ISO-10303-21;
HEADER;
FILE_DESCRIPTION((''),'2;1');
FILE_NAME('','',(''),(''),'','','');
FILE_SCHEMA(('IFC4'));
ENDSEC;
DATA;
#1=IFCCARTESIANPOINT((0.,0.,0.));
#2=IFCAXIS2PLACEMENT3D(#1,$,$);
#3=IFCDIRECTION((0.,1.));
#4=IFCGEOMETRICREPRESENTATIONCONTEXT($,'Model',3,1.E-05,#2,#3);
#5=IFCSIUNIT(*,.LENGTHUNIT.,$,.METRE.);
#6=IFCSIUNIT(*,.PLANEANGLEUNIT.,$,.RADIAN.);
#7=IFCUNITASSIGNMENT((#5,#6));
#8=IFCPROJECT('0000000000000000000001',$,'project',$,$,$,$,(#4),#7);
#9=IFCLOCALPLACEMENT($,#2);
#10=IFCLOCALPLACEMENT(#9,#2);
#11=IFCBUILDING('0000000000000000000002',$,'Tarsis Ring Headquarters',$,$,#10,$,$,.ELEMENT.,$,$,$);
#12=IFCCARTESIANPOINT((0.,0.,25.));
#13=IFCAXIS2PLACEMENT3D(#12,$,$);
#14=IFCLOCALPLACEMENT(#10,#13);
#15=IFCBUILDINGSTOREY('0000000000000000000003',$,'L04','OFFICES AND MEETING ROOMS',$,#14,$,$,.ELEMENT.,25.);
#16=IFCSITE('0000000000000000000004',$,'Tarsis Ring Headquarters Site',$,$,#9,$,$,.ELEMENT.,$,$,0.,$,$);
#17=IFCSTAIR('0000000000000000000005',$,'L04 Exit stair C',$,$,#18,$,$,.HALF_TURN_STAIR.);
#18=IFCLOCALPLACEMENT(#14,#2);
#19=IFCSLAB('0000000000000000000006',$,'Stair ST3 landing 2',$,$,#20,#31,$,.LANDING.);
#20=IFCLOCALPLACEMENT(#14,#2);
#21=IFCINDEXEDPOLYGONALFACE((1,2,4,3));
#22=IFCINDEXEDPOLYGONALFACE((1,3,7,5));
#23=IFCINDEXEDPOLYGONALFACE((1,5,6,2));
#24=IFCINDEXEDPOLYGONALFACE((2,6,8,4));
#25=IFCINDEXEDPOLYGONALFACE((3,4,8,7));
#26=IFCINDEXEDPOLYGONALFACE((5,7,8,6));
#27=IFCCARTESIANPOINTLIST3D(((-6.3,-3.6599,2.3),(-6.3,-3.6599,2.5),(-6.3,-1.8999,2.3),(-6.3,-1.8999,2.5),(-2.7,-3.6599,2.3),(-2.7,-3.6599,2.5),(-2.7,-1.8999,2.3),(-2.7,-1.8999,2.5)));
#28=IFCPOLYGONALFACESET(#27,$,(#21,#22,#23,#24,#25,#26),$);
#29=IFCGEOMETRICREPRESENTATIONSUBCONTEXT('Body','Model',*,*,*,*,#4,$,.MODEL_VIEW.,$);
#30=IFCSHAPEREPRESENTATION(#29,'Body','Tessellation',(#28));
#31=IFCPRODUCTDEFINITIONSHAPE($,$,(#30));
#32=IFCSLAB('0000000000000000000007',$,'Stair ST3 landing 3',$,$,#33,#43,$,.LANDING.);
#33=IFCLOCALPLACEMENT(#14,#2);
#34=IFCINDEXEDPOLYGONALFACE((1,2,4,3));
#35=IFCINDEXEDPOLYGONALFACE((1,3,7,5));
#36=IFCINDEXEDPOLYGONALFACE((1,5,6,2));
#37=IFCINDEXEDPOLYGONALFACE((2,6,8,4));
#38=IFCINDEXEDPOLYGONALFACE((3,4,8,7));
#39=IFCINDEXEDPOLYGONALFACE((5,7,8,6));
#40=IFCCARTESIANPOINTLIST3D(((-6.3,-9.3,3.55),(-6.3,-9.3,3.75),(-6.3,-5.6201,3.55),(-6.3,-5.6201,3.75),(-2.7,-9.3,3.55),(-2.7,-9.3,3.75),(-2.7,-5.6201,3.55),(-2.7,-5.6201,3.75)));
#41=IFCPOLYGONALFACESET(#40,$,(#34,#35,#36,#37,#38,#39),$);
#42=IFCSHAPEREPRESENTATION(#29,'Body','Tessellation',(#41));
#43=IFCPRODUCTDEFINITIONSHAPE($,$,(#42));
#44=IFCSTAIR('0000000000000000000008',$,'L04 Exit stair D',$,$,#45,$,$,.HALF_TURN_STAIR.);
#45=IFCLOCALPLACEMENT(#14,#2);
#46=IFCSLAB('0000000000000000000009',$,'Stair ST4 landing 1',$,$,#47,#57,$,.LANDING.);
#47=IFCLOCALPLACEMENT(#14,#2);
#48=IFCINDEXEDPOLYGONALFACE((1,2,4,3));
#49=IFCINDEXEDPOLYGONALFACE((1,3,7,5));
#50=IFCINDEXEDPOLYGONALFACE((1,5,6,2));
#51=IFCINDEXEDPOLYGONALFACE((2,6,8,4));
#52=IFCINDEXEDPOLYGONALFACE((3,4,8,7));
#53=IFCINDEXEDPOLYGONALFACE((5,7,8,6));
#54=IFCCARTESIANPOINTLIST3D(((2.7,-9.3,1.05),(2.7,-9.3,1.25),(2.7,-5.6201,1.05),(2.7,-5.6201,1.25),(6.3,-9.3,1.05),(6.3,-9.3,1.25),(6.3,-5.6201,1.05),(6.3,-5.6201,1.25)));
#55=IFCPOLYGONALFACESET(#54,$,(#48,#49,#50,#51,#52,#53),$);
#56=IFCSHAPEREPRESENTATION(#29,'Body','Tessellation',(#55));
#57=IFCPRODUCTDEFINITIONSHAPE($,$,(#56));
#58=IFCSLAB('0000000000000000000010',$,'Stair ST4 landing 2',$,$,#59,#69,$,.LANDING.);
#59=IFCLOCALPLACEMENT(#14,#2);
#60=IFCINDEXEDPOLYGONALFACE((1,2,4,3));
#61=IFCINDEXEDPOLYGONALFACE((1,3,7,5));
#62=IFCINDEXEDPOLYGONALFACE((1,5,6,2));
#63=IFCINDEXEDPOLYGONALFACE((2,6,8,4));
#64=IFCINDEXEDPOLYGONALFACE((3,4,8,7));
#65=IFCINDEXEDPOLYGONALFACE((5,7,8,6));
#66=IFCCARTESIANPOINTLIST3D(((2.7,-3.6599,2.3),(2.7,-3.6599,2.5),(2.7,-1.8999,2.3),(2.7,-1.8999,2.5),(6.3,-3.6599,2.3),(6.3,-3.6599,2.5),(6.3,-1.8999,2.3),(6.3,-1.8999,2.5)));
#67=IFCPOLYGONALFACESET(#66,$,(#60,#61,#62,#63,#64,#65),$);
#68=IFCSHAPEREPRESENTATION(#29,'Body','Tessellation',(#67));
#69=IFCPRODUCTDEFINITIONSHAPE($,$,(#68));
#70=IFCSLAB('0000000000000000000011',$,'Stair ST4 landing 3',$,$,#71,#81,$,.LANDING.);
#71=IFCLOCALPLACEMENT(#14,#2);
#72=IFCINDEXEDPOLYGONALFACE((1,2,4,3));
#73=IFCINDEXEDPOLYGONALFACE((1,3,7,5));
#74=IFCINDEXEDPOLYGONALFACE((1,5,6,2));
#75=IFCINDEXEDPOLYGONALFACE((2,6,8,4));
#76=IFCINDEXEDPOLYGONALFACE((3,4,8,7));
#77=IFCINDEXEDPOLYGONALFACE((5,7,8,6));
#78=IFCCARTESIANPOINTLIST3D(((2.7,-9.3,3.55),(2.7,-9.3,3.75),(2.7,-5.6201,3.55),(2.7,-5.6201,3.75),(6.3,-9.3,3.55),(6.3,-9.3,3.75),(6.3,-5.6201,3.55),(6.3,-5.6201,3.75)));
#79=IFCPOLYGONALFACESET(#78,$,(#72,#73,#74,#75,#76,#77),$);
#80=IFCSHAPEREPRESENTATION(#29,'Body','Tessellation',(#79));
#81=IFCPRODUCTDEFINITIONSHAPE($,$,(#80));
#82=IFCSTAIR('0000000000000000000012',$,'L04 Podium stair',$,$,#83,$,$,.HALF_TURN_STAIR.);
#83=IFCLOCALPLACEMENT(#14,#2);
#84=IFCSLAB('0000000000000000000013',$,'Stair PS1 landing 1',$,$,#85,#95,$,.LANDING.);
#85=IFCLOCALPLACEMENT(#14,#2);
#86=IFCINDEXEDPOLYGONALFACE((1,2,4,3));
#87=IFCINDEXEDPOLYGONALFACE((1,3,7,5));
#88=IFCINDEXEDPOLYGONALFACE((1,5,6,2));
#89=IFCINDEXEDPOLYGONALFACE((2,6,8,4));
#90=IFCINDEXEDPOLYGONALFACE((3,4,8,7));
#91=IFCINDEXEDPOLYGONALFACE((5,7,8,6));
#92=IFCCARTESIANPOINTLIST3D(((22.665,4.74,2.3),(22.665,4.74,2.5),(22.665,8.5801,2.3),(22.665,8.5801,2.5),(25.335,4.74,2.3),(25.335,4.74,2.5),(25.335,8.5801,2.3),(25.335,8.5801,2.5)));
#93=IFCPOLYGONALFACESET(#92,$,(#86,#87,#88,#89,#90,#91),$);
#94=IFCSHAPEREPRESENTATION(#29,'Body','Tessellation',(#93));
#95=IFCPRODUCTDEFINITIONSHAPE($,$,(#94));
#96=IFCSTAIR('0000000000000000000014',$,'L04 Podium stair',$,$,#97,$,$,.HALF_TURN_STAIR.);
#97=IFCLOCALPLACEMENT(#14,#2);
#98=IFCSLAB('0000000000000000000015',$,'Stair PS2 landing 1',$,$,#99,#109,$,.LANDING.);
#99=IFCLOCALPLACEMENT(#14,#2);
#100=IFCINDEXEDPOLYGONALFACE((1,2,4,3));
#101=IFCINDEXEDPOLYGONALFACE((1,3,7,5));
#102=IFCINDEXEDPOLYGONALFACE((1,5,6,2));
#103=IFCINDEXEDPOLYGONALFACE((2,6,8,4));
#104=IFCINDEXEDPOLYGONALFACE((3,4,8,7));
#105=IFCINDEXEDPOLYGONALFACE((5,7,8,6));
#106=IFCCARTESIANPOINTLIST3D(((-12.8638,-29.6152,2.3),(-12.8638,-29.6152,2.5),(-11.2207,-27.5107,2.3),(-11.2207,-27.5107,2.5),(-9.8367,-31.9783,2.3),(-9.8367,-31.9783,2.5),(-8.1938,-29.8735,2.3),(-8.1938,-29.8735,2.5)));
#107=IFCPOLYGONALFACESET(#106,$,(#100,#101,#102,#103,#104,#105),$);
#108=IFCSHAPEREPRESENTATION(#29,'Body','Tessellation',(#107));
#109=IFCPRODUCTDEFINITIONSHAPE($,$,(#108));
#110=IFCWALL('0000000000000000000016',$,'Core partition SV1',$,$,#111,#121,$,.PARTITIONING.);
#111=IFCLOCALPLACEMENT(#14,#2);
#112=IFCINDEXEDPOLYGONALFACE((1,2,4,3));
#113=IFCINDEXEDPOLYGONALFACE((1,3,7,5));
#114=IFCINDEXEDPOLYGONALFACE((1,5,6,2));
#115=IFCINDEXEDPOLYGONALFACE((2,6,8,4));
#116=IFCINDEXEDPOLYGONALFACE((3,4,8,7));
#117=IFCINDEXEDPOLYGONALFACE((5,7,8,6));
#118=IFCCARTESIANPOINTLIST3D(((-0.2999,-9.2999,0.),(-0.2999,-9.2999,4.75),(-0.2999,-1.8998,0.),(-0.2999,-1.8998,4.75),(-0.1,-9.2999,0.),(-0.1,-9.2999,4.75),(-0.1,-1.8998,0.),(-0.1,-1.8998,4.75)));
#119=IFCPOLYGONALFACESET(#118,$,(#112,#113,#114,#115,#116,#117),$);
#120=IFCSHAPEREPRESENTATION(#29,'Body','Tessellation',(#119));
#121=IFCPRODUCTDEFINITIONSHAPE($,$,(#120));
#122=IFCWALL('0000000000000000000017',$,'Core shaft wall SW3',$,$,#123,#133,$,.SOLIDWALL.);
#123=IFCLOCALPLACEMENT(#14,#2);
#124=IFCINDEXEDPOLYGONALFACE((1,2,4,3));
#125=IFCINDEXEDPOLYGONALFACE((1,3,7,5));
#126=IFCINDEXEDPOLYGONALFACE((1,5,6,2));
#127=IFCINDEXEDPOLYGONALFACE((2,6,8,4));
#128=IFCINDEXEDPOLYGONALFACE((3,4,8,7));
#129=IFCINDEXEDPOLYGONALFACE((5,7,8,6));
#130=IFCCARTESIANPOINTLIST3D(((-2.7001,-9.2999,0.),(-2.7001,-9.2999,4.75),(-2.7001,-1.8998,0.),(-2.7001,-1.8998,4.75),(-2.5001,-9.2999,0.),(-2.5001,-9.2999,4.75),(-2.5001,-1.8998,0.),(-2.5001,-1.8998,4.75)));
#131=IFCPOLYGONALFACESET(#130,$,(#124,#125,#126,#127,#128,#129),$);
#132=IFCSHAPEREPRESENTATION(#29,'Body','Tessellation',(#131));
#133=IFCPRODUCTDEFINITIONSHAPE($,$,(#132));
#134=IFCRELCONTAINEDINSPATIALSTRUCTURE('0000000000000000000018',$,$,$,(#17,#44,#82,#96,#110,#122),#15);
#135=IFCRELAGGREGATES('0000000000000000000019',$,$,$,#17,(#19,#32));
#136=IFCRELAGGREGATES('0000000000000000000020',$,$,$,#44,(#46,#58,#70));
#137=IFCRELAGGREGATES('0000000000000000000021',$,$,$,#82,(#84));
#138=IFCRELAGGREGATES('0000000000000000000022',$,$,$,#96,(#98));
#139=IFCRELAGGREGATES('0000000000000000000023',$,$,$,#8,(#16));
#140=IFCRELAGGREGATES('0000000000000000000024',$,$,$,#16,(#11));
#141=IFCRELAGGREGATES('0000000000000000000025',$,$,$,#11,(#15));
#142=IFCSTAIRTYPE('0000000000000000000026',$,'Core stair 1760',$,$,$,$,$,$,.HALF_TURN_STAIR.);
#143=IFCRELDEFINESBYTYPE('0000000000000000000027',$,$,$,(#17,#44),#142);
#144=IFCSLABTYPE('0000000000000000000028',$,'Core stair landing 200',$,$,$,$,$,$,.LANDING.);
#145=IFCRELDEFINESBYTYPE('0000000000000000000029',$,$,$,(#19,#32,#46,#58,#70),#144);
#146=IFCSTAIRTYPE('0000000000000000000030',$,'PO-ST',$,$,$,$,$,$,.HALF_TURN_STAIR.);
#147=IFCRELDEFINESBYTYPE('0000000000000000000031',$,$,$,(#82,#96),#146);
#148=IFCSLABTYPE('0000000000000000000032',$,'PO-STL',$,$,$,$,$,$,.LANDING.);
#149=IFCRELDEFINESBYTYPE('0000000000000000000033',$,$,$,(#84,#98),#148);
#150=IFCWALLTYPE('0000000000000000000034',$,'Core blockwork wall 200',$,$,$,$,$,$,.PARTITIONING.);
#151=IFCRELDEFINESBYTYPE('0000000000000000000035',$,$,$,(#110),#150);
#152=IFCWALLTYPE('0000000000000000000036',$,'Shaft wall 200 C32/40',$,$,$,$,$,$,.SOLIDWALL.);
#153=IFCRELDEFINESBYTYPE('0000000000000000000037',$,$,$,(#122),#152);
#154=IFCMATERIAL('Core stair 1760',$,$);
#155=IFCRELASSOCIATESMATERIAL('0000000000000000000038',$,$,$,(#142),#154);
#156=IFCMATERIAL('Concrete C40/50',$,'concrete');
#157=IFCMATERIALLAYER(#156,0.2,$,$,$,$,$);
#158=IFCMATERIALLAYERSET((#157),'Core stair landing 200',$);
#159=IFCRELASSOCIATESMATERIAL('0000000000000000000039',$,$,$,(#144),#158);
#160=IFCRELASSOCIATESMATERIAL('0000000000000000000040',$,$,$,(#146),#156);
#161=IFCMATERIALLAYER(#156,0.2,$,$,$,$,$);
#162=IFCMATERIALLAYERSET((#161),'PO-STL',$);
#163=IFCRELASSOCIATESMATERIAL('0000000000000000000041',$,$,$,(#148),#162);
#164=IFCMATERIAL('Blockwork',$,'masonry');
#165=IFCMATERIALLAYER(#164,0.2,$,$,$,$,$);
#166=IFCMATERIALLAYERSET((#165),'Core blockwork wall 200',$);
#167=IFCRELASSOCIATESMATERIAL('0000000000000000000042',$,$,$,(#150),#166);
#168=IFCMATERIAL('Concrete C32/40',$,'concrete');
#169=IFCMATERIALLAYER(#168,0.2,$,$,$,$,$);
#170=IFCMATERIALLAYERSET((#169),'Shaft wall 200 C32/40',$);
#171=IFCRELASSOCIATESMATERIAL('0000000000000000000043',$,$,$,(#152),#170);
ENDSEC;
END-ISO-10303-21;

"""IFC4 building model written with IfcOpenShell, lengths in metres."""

from ifc_helpers import new_model, si_unit, direction, frame, frame_2d, origin, place, context, subcontext, project, spatial, polyline, rectangle, outline, extrude, material, layer, layer_set, type_object, element, aggregate, save


model = new_model("IFC4")

# Units and contexts
model_context = context("Model", 3, precision=1e-05, world=origin(), true_north=direction((0.0, 1.0)))
body_context = subcontext(model_context, "Body", "Model", "MODEL_VIEW")
ifc_project = project(units=[si_unit("LENGTHUNIT", "METRE"), si_unit("PLANEANGLEUNIT", "RADIAN")], contexts=[model_context])

# Site, building, storey
site_placement = place(None, origin())
site = spatial("IfcSite", under=ifc_project, at=site_placement, Name="Tarsis Ring Headquarters Site", CompositionType="ELEMENT", RefElevation=0.0)
building_placement = place(site_placement, origin())
building = spatial("IfcBuilding", under=site, at=building_placement, Name="Tarsis Ring Headquarters", CompositionType="ELEMENT")
storey_placement = place(building_placement, frame((0.0, 0.0, 25.0)))
storey = spatial("IfcBuildingStorey", under=building, at=storey_placement, Name="L04", Description="OFFICES AND MEETING ROOMS", CompositionType="ELEMENT", Elevation=25.0)

# Shared definitions
ifc_material_1 = material(Name="Concrete C40/50", Category="concrete")

# Stairs, slabs
ifc_material_2 = material(Name="Core stair 1760")
stair_type_1 = type_object("IfcStairType", Name="Core stair 1760", PredefinedType="HALF_TURN_STAIR", material=ifc_material_2)
ifc_layer_1 = layer(ifc_material_1, 0.2)
ifc_layer_set_1 = layer_set([ifc_layer_1], Name="Core stair landing 200")
slab_type_1 = type_object("IfcSlabType", Name="Core stair landing 200", PredefinedType="LANDING", material=ifc_layer_set_1)
stair_1_placement = place(storey_placement, origin())
stair_1 = element("IfcStair", 1, at=stair_1_placement, inside=storey, type_object=stair_type_1, Name="L04 Exit stair C", PredefinedType="HALF_TURN_STAIR")
slab_1_placement = place(storey_placement, frame((0.0, 0.0, 2.3)))
slab_1 = element("IfcSlab", 2, at=slab_1_placement, type_object=slab_type_1, Name="Stair ST3 landing 2", PredefinedType="LANDING", context=body_context, shape_type="SweptSolid", body=[
    extrude(outline(polyline([(-6.3, -1.8999), (-6.3, -3.6599), (-2.7, -3.6599), (-2.7, -1.8999), (-6.3, -1.8999)])), origin(), (0.0, 0.0, 1.0), 0.2),
])
slab_2_placement = place(storey_placement, frame((0.0, 0.0, 3.55)))
slab_2 = element("IfcSlab", 3, at=slab_2_placement, type_object=slab_type_1, Name="Stair ST3 landing 3", PredefinedType="LANDING", context=body_context, shape_type="SweptSolid", body=[
    extrude(outline(polyline([(-6.3, -5.6201), (-6.3, -9.3), (-2.7, -9.3), (-2.7, -5.6201), (-6.3, -5.6201)])), origin(), (0.0, 0.0, 1.0), 0.2),
])
aggregate(stair_1, [slab_1, slab_2])
stair_2_placement = place(storey_placement, origin())
stair_2 = element("IfcStair", 4, at=stair_2_placement, inside=storey, type_object=stair_type_1, Name="L04 Exit stair D", PredefinedType="HALF_TURN_STAIR")
slab_3_placement = place(storey_placement, frame((0.0, 0.0, 1.05)))
slab_3 = element("IfcSlab", 5, at=slab_3_placement, type_object=slab_type_1, Name="Stair ST4 landing 1", PredefinedType="LANDING", context=body_context, shape_type="SweptSolid", body=[
    extrude(outline(polyline([(2.7, -5.6201), (2.7, -9.3), (6.3, -9.3), (6.3, -5.6201), (2.7, -5.6201)])), origin(), (0.0, 0.0, 1.0), 0.2),
])
slab_4_placement = place(storey_placement, frame((0.0, 0.0, 2.3)))
slab_4 = element("IfcSlab", 6, at=slab_4_placement, type_object=slab_type_1, Name="Stair ST4 landing 2", PredefinedType="LANDING", context=body_context, shape_type="SweptSolid", body=[
    extrude(outline(polyline([(2.7, -1.8999), (2.7, -3.6599), (6.3, -3.6599), (6.3, -1.8999), (2.7, -1.8999)])), origin(), (0.0, 0.0, 1.0), 0.2),
])
slab_5_placement = place(storey_placement, frame((0.0, 0.0, 3.55)))
slab_5 = element("IfcSlab", 7, at=slab_5_placement, type_object=slab_type_1, Name="Stair ST4 landing 3", PredefinedType="LANDING", context=body_context, shape_type="SweptSolid", body=[
    extrude(outline(polyline([(2.7, -5.6201), (2.7, -9.3), (6.3, -9.3), (6.3, -5.6201), (2.7, -5.6201)])), origin(), (0.0, 0.0, 1.0), 0.2),
])
aggregate(stair_2, [slab_3, slab_4, slab_5])

# Stairs, slabs
stair_type_2 = type_object("IfcStairType", Name="PO-ST", PredefinedType="HALF_TURN_STAIR", material=ifc_material_1)
stair_3_placement = place(storey_placement, origin())
stair_3 = element("IfcStair", 8, at=stair_3_placement, inside=storey, type_object=stair_type_2, Name="L04 Podium stair", PredefinedType="HALF_TURN_STAIR")
ifc_layer_2 = layer(ifc_material_1, 0.2)
ifc_layer_set_2 = layer_set([ifc_layer_2], Name="PO-STL")
slab_type_2 = type_object("IfcSlabType", Name="PO-STL", PredefinedType="LANDING", material=ifc_layer_set_2)
slab_6_placement = place(storey_placement, frame((0.0, 0.0, 2.3)))
slab_6 = element("IfcSlab", 9, at=slab_6_placement, type_object=slab_type_2, Name="Stair PS1 landing 1", PredefinedType="LANDING", context=body_context, shape_type="SweptSolid", body=[
    extrude(outline(polyline([(25.335, 4.74), (25.335, 8.5801), (22.665, 8.5801), (22.665, 4.74), (25.335, 4.74)])), origin(), (0.0, 0.0, 1.0), 0.2),
])
aggregate(stair_3, [slab_6])
stair_4_placement = place(storey_placement, origin())
stair_4 = element("IfcStair", 10, at=stair_4_placement, inside=storey, type_object=stair_type_2, Name="L04 Podium stair", PredefinedType="HALF_TURN_STAIR")
slab_7_placement = place(storey_placement, frame((0.0, 0.0, 2.3)))
slab_7 = element("IfcSlab", 11, at=slab_7_placement, type_object=slab_type_2, Name="Stair PS2 landing 1", PredefinedType="LANDING", context=body_context, shape_type="SweptSolid", body=[
    extrude(outline(polyline([(-8.1938, -29.8735), (-11.2207, -27.5107), (-12.8638, -29.6152), (-9.8367, -31.9783), (-8.1938, -29.8735)])), origin(), (0.0, 0.0, 1.0), 0.2),
])
aggregate(stair_4, [slab_7])

# Walls
ifc_material_3 = material(Name="Blockwork", Category="masonry")
ifc_layer_3 = layer(ifc_material_3, 0.2)
ifc_layer_set_3 = layer_set([ifc_layer_3], Name="Core blockwork wall 200")
wall_type_1 = type_object("IfcWallType", Name="Core blockwork wall 200", PredefinedType="PARTITIONING", material=ifc_layer_set_3)
wall_1_placement = place(storey_placement, frame((-0.2, -9.3, 0.0), z_axis=(0.0, 0.0, 1.0), x_axis=(0.0, 1.0, 0.0)))
element("IfcWall", 12, at=wall_1_placement, inside=storey, type_object=wall_type_1, Name="Core partition SV1", PredefinedType="PARTITIONING", context=body_context, shape_type="SweptSolid", body=[
    extrude(rectangle(XDim=7.4001, YDim=0.2, at=frame_2d((3.7002, 0.0))), origin(), (0.0, 0.0, 1.0), 4.75),
])
ifc_material_4 = material(Name="Concrete C32/40", Category="concrete")
ifc_layer_4 = layer(ifc_material_4, 0.2)
ifc_layer_set_4 = layer_set([ifc_layer_4], Name="Shaft wall 200 C32/40")
wall_type_2 = type_object("IfcWallType", Name="Shaft wall 200 C32/40", PredefinedType="SOLIDWALL", material=ifc_layer_set_4)
wall_2_placement = place(storey_placement, frame((-2.6001, -9.3, 0.0), z_axis=(0.0, 0.0, 1.0), x_axis=(0.0, 1.0, 0.0)))
element("IfcWall", 13, at=wall_2_placement, inside=storey, type_object=wall_type_2, Name="Core shaft wall SW3", PredefinedType="SOLIDWALL", context=body_context, shape_type="SweptSolid", body=[
    extrude(rectangle(XDim=7.4001, YDim=0.2, at=frame_2d((3.7002, 0.0))), origin(), (0.0, 0.0, 1.0), 4.75),
])

save(model, "model.ifc")
